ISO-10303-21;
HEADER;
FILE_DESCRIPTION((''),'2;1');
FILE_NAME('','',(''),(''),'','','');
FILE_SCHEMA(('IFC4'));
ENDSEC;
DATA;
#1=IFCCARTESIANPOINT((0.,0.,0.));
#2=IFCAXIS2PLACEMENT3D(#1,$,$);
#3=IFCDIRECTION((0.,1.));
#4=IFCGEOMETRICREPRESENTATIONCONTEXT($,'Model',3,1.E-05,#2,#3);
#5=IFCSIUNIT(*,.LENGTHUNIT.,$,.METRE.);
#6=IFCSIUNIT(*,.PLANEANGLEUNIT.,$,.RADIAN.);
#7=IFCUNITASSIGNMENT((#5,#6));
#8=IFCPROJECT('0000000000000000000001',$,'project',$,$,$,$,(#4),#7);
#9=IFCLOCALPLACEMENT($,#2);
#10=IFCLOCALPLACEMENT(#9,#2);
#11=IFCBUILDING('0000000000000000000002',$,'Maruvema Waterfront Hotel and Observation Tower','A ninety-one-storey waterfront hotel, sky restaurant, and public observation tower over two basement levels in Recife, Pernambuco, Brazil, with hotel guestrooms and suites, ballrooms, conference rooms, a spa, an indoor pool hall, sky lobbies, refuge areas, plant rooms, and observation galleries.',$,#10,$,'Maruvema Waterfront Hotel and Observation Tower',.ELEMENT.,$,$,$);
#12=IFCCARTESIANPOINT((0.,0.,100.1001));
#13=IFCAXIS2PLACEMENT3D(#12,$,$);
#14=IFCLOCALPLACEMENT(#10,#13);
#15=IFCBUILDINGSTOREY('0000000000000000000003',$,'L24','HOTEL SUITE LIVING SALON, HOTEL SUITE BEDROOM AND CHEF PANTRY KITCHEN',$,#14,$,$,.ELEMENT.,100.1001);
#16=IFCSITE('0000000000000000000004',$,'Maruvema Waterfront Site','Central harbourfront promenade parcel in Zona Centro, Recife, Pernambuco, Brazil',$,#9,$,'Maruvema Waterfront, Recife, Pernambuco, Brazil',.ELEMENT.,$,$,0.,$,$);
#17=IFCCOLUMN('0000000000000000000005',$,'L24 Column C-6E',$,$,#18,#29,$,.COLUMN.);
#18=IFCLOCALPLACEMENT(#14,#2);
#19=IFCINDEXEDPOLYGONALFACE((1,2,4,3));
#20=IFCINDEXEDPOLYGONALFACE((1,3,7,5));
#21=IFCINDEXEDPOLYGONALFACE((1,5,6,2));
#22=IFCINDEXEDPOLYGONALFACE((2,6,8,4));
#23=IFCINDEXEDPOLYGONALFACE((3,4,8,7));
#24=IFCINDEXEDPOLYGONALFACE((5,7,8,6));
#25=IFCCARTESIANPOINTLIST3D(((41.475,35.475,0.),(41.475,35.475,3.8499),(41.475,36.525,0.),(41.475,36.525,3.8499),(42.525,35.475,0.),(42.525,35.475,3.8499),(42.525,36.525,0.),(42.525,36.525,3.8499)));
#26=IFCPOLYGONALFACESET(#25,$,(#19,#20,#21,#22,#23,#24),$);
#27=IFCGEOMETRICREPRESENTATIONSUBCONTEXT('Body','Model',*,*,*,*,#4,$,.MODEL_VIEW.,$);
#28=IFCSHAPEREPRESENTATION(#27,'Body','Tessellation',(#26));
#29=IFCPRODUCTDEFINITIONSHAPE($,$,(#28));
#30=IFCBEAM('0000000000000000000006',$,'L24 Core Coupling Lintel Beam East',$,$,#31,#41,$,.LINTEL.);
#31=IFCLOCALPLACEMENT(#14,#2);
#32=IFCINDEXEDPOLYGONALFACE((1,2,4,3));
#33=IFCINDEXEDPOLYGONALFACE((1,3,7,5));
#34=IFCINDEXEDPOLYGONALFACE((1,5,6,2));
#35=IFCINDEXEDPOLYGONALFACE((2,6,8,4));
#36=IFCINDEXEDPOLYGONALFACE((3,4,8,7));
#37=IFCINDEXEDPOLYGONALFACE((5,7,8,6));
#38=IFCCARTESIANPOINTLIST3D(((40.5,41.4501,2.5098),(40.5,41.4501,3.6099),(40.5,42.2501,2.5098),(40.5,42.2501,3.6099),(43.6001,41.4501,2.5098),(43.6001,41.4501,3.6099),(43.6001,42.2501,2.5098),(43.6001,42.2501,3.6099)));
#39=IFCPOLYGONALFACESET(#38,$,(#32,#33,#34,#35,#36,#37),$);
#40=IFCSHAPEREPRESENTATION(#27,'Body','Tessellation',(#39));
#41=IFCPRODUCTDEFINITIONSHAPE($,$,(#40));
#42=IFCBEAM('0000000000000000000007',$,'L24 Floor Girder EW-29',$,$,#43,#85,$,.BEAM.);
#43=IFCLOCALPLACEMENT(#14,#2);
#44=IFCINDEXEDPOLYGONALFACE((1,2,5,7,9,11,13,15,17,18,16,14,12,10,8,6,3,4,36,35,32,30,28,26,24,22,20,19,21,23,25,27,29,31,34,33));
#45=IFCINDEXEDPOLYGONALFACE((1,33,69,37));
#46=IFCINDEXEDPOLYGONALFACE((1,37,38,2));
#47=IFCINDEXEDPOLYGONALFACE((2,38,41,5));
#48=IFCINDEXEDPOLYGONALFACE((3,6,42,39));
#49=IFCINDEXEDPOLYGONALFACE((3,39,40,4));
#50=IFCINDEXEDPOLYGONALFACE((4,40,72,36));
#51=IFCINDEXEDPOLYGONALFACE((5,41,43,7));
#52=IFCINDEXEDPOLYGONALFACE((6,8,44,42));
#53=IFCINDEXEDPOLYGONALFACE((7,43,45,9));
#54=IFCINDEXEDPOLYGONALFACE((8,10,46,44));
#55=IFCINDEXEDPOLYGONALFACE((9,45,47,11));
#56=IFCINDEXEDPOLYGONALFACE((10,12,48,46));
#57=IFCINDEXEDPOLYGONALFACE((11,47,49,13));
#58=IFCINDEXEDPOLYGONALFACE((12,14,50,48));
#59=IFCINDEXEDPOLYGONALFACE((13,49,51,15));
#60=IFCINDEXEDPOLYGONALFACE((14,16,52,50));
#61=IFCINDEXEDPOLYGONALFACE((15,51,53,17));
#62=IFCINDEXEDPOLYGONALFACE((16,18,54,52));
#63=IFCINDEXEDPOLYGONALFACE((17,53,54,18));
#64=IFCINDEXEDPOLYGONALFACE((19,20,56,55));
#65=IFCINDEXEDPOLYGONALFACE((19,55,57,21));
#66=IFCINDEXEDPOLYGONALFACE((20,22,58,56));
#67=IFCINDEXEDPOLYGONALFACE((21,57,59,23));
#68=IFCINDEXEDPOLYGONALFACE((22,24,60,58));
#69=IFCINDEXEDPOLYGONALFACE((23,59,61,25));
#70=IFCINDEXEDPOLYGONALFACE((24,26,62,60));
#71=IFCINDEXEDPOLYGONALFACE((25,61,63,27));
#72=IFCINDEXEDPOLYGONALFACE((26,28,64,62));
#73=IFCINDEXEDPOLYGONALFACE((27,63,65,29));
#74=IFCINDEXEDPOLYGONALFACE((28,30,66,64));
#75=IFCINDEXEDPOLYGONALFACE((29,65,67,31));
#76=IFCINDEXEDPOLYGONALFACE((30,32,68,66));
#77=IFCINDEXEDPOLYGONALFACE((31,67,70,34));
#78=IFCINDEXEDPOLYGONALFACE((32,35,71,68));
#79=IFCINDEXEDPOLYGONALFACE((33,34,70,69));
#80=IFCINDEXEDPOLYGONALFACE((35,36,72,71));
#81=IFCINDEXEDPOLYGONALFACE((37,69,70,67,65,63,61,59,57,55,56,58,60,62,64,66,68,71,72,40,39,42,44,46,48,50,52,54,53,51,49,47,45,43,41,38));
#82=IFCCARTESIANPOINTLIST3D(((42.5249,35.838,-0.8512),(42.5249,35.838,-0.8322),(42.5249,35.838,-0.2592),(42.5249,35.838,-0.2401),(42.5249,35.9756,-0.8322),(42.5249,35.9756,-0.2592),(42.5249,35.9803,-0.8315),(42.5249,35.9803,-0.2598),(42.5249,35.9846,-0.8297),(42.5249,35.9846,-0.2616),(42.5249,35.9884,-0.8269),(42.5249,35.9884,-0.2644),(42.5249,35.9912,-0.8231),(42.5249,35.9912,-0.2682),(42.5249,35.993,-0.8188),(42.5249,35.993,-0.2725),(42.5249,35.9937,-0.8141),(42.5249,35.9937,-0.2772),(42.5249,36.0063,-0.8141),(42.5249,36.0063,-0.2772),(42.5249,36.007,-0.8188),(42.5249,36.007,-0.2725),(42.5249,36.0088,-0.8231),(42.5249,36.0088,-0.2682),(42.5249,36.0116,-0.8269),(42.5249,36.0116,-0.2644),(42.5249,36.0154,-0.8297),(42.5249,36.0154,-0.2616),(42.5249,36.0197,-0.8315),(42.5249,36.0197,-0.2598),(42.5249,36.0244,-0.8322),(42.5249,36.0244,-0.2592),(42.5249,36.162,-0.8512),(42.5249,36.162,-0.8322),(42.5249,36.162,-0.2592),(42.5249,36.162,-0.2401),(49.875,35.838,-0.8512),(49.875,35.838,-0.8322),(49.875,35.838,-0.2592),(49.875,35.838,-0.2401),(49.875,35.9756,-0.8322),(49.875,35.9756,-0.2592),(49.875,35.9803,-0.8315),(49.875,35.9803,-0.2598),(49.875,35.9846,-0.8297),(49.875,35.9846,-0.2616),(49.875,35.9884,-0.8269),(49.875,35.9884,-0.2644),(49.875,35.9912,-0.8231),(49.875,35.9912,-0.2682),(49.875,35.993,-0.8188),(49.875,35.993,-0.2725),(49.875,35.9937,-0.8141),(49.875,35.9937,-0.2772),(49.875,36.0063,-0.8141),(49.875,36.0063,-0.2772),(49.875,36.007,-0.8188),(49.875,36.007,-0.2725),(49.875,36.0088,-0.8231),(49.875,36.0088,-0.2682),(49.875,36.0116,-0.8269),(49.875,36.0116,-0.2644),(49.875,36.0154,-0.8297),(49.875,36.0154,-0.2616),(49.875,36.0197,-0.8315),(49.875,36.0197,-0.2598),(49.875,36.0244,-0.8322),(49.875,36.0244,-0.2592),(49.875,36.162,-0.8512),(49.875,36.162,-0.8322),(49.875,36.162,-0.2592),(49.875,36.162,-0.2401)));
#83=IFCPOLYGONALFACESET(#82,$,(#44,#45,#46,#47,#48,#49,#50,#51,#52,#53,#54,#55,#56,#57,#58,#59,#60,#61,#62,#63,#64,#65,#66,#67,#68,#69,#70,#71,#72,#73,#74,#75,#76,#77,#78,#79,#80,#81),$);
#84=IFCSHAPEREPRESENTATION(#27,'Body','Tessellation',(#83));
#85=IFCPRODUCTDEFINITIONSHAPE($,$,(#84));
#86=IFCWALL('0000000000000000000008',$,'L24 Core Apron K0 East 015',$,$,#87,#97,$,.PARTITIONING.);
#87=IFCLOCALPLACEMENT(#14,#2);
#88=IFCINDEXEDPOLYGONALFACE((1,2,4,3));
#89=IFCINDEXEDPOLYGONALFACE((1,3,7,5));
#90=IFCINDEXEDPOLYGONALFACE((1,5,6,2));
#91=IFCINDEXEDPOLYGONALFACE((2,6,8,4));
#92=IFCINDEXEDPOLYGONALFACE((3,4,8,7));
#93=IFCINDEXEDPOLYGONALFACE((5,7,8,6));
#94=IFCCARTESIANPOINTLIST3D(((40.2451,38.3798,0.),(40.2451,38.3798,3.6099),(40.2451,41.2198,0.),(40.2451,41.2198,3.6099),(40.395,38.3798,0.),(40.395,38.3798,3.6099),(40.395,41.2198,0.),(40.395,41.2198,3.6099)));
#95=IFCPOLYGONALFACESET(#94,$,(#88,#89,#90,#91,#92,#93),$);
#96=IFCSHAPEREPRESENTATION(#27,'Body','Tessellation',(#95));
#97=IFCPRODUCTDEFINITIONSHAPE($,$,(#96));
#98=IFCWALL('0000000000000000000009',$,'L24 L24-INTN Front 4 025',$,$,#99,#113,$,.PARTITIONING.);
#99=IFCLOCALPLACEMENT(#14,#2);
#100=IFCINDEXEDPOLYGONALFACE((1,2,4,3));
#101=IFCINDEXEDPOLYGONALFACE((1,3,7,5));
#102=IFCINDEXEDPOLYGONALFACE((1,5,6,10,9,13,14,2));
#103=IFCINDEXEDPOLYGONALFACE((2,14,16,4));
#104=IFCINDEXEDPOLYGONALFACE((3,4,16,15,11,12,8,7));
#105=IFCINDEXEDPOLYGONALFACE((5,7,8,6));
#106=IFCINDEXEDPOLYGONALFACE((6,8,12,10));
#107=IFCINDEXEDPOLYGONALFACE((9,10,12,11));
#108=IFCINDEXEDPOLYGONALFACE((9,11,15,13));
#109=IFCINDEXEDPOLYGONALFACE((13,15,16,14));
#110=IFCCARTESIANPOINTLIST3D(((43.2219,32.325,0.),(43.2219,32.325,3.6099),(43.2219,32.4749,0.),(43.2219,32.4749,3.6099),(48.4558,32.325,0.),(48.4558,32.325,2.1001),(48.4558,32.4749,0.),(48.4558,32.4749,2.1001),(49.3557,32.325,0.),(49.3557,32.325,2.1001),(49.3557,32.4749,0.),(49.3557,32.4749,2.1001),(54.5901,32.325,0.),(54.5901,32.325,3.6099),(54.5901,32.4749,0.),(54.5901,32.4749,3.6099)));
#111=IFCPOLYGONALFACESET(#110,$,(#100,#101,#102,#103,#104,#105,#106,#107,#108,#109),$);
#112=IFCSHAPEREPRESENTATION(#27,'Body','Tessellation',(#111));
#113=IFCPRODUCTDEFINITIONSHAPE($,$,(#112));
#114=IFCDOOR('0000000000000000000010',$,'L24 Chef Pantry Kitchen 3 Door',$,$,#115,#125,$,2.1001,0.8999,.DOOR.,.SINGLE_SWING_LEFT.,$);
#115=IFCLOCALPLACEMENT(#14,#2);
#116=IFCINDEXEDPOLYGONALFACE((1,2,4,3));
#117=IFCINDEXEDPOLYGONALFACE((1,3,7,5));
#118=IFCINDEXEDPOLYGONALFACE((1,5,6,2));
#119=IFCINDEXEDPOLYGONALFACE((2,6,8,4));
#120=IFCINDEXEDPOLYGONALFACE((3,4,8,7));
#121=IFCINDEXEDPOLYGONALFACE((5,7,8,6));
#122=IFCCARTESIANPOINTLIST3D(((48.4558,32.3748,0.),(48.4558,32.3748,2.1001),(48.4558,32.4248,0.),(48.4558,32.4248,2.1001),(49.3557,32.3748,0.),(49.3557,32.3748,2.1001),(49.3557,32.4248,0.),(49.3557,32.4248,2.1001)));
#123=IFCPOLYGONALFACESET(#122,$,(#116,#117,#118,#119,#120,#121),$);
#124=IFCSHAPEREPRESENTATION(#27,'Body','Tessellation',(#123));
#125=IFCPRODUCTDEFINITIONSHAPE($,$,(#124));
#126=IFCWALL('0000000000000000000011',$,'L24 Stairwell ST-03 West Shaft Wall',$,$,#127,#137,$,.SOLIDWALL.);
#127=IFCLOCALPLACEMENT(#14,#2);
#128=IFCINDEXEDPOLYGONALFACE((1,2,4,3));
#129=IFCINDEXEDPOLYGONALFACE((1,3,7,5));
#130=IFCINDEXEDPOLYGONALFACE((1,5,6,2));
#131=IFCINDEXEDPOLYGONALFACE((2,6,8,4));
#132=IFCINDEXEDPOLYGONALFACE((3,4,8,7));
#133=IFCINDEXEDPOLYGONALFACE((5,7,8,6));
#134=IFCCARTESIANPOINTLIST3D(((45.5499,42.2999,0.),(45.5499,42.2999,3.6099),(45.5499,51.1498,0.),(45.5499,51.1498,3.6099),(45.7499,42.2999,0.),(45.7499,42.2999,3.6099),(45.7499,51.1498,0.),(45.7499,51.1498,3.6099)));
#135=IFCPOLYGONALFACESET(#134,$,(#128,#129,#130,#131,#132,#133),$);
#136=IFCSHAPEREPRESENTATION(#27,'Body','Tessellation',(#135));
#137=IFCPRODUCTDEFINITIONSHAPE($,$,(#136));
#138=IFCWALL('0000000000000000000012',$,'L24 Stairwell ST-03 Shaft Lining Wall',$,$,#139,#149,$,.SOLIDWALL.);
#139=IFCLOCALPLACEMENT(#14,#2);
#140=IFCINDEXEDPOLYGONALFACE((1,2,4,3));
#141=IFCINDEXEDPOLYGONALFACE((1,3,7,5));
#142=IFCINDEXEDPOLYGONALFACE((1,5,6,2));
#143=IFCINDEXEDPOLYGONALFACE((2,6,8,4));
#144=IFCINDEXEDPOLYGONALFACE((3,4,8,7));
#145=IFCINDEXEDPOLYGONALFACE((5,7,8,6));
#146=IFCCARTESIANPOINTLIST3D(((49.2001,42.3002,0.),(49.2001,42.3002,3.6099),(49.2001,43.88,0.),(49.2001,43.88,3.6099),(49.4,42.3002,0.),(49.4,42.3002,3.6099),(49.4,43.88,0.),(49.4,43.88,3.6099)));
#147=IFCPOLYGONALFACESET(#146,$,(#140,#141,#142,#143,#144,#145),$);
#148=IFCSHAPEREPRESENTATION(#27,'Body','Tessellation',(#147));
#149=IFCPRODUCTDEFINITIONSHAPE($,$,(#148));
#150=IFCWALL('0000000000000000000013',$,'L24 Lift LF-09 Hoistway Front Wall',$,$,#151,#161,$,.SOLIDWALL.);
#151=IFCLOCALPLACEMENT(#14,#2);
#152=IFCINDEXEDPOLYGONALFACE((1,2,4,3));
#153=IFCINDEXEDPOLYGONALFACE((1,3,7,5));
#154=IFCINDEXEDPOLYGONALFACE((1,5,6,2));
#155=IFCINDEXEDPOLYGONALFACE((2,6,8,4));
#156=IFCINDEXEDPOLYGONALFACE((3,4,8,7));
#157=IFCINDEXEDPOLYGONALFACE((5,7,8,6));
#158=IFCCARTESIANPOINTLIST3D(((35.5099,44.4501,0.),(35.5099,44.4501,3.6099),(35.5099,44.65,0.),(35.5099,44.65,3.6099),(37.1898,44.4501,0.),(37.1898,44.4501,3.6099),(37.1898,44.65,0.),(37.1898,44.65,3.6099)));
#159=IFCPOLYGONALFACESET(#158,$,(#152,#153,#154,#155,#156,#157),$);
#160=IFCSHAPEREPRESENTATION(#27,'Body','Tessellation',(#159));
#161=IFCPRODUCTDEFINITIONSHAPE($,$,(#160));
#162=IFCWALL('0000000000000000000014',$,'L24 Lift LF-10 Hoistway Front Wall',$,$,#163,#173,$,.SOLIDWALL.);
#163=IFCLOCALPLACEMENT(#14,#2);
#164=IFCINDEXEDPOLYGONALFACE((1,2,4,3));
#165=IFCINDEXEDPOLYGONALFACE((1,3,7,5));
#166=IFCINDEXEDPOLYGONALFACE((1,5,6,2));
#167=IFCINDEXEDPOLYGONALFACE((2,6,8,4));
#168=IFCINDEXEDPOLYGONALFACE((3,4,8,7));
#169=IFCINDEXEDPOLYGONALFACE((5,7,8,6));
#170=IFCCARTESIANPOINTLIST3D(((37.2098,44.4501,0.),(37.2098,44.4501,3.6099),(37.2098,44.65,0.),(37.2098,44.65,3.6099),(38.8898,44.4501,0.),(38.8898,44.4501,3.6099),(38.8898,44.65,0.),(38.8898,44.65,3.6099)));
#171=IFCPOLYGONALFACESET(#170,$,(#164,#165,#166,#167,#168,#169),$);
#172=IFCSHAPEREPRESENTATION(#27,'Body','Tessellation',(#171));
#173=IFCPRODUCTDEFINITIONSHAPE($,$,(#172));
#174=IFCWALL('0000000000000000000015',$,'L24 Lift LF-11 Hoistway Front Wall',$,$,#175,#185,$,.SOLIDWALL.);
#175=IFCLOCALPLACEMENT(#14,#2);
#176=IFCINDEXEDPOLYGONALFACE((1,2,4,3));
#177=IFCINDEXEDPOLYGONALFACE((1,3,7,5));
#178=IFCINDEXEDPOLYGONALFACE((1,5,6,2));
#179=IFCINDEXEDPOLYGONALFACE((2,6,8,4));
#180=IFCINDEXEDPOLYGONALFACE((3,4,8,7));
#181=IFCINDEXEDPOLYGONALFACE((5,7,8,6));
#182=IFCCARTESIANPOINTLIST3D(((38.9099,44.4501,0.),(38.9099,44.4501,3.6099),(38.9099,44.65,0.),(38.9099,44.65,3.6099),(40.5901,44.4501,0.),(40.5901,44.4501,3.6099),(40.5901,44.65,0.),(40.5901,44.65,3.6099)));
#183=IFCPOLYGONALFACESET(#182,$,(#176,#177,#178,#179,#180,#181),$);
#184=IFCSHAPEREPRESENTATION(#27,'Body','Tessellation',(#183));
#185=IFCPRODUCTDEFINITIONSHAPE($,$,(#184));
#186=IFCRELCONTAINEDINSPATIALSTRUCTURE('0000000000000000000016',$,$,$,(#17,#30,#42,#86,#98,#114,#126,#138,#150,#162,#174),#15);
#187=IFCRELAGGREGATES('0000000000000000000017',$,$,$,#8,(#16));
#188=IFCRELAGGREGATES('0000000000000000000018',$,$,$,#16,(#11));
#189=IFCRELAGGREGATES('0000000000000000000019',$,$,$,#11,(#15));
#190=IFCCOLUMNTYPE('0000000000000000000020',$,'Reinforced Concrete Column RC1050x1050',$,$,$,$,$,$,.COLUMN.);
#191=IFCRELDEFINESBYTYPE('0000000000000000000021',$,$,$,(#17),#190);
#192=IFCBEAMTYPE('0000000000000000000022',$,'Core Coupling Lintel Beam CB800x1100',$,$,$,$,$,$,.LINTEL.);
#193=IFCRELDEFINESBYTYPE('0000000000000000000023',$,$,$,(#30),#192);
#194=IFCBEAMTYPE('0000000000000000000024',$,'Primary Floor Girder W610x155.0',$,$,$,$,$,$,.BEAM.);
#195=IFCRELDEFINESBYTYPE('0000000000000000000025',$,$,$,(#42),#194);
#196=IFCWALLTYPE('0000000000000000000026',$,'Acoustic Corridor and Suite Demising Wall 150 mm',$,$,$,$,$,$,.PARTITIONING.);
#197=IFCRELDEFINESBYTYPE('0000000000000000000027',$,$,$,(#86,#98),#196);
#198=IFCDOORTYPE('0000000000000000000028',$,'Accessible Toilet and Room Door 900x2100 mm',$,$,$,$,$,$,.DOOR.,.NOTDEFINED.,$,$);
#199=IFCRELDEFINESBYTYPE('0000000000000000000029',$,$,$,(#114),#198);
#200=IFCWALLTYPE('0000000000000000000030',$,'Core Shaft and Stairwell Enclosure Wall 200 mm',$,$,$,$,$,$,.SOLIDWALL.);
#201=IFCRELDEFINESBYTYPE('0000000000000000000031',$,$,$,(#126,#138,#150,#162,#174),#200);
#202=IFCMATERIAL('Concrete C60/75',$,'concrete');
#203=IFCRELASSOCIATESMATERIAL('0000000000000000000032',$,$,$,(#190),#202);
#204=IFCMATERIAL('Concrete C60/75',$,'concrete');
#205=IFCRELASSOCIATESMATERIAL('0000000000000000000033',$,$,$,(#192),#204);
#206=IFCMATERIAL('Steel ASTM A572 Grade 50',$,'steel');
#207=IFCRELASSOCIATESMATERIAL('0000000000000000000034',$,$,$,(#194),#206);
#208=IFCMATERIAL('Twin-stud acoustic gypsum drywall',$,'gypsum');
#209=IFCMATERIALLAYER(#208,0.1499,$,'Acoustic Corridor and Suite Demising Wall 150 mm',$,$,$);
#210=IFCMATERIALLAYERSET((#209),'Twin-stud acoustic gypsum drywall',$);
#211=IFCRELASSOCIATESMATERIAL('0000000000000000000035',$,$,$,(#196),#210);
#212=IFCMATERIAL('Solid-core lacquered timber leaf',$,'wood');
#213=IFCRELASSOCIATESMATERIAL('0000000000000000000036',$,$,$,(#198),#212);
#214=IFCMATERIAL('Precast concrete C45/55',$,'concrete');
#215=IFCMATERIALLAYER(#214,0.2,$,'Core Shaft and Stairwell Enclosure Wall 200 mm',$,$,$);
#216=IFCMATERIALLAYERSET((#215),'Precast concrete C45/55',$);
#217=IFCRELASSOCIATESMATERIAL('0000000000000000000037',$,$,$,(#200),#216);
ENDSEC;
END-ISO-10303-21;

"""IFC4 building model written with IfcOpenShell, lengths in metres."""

from ifc_helpers import new_model, si_unit, direction, frame, frame_2d, origin, origin_2d, place, context, subcontext, project, spatial, rectangle, i_section, extrude, material, layer, layer_set, material_profile, profile_set, type_object, element, fill, save


model = new_model("IFC4")

# Units and contexts
model_context = context("Model", 3, precision=1e-05, world=origin(), true_north=direction((0.0, 1.0)))
body_context = subcontext(model_context, "Body", "Model", "MODEL_VIEW")
ifc_project = project(units=[si_unit("LENGTHUNIT", "METRE"), si_unit("PLANEANGLEUNIT", "RADIAN")], contexts=[model_context])

# Site, building, storey
site_placement = place(None, origin())
site = spatial("IfcSite", under=ifc_project, at=site_placement, Name="Maruvema Waterfront Site", Description="Central harbourfront promenade parcel in Zona Centro, Recife, Pernambuco, Brazil", LongName="Maruvema Waterfront, Recife, Pernambuco, Brazil", CompositionType="ELEMENT", RefElevation=0.0)
building_placement = place(site_placement, origin())
building = spatial("IfcBuilding", under=site, at=building_placement, Name="Maruvema Waterfront Hotel and Observation Tower", Description="A ninety-one-storey waterfront hotel, sky restaurant, and public observation tower over two basement levels in Recife, Pernambuco, Brazil, with hotel guestrooms and suites, ballrooms, conference rooms, a spa, an indoor pool hall, sky lobbies, refuge areas, plant rooms, and observation galleries.", LongName="Maruvema Waterfront Hotel and Observation Tower", CompositionType="ELEMENT")
storey_placement = place(building_placement, frame((0.0, 0.0, 100.1001)))
storey = spatial("IfcBuildingStorey", under=building, at=storey_placement, Name="L24", Description="HOTEL SUITE LIVING SALON, HOTEL SUITE BEDROOM AND CHEF PANTRY KITCHEN", CompositionType="ELEMENT", Elevation=100.1001)

# Column
ifc_material_1 = material(Name="Concrete C60/75", Category="concrete")
ifc_material_profile_1 = material_profile(ifc_material_1, rectangle(XDim=1.05, YDim=1.05, at=origin_2d()), Name="RC1050x1050")
ifc_profile_set_1 = profile_set([ifc_material_profile_1], Name="Concrete C60/75")
column_type = type_object("IfcColumnType", Name="Reinforced Concrete Column RC1050x1050", PredefinedType="COLUMN", material=ifc_profile_set_1)
column_placement = place(storey_placement, frame((42.0, 36.0, 0.0), z_axis=(0.0, 0.0, 1.0), x_axis=(1.0, 0.0, 0.0)))
element("IfcColumn", 1, at=column_placement, inside=storey, type_object=column_type, Name="L24 Column C-6E", PredefinedType="COLUMN", context=body_context, shape_type="SweptSolid", body=[
    extrude(rectangle(XDim=1.05, YDim=1.05, at=origin_2d()), origin(), (0.0, 0.0, 1.0), 3.8499),
])

# Beams
ifc_material_2 = material(Name="Concrete C60/75", Category="concrete")
ifc_material_profile_2 = material_profile(ifc_material_2, rectangle(XDim=0.8, YDim=1.1001, at=origin_2d()), Name="CB800x1100")
ifc_profile_set_2 = profile_set([ifc_material_profile_2], Name="Concrete C60/75")
beam_type_1 = type_object("IfcBeamType", Name="Core Coupling Lintel Beam CB800x1100", PredefinedType="LINTEL", material=ifc_profile_set_2)
beam_1_placement = place(storey_placement, frame((40.5, 41.8501, 3.0598), z_axis=(1.0, 0.0, 0.0), x_axis=(0.0, 1.0, 0.0)))
element("IfcBeam", 2, at=beam_1_placement, inside=storey, type_object=beam_type_1, Name="L24 Core Coupling Lintel Beam East", PredefinedType="LINTEL", context=body_context, shape_type="SweptSolid", body=[
    extrude(rectangle(XDim=0.8, YDim=1.1001, at=origin_2d()), origin(), (0.0, 0.0, 1.0), 3.1001),
])
ifc_material_3 = material(Name="Steel ASTM A572 Grade 50", Category="steel")
ifc_material_profile_3 = material_profile(ifc_material_3, i_section(OverallWidth=0.324, OverallDepth=0.6111, WebThickness=0.0127, FlangeThickness=0.019, FilletRadius=0.0181, at=origin_2d()), Name="W610x155.0")
ifc_profile_set_3 = profile_set([ifc_material_profile_3], Name="Steel ASTM A572 Grade 50")
beam_type_2 = type_object("IfcBeamType", Name="Primary Floor Girder W610x155.0", PredefinedType="BEAM", material=ifc_profile_set_3)
beam_2_placement = place(storey_placement, frame((42.5249, 36.0, -0.5457), z_axis=(1.0, 0.0, 0.0), x_axis=(0.0, 1.0, 0.0)))
element("IfcBeam", 3, at=beam_2_placement, inside=storey, type_object=beam_type_2, Name="L24 Floor Girder EW-29", PredefinedType="BEAM", context=body_context, shape_type="SweptSolid", body=[
    extrude(i_section(OverallWidth=0.324, OverallDepth=0.6111, WebThickness=0.0127, FlangeThickness=0.019, FilletRadius=0.0181, at=origin_2d()), origin(), (0.0, 0.0, 1.0), 7.3501),
])

# Wall
ifc_material_4 = material(Name="Twin-stud acoustic gypsum drywall", Category="gypsum")
ifc_layer_1 = layer(ifc_material_4, 0.1499, Name="Acoustic Corridor and Suite Demising Wall 150 mm")
ifc_layer_set_1 = layer_set([ifc_layer_1], Name="Twin-stud acoustic gypsum drywall")
wall_type_1 = type_object("IfcWallType", Name="Acoustic Corridor and Suite Demising Wall 150 mm", PredefinedType="PARTITIONING", material=ifc_layer_set_1)
wall_1_placement = place(storey_placement, frame((40.3201, 38.3799, 0.0), z_axis=(0.0, 0.0, 1.0), x_axis=(0.0, 1.0, 0.0)))
element("IfcWall", 4, at=wall_1_placement, inside=storey, type_object=wall_type_1, Name="L24 Core Apron K0 East 015", PredefinedType="PARTITIONING", context=body_context, shape_type="SweptSolid", body=[
    extrude(rectangle(XDim=2.8401, YDim=0.1499, at=frame_2d((1.4199, 0.0))), origin(), (0.0, 0.0, 1.0), 3.6099),
])

# Wall, opening, door
wall_2_placement = place(storey_placement, frame((43.2219, 32.3999, 0.0), z_axis=(0.0, 0.0, 1.0), x_axis=(1.0, 0.0, 0.0)))
wall_2 = element("IfcWall", 5, at=wall_2_placement, inside=storey, type_object=wall_type_1, Name="L24 L24-INTN Front 4 025", PredefinedType="PARTITIONING", context=body_context, shape_type="SweptSolid", body=[
    extrude(rectangle(XDim=11.3682, YDim=0.1499, at=frame_2d((5.6841, 0.0))), origin(), (0.0, 0.0, 1.0), 3.6099),
])
opening_1_placement = place(wall_2_placement, frame((5.2339, 0.0, 0.0)))
opening_1 = element("IfcOpeningElement", 6, at=opening_1_placement, cuts=wall_2, PredefinedType="OPENING", context=body_context, shape_type="SweptSolid", body=[
    extrude(rectangle(XDim=0.8999, YDim=2.1001, at=frame_2d((0.45, 1.05))), frame((0.0, 0.085, 0.0), z_axis=(0.0, -1.0, 0.0), x_axis=(1.0, 0.0, 0.0)), (0.0, 0.0, 1.0), 0.1699),
])
ifc_material_5 = material(Name="Solid-core lacquered timber leaf", Category="wood")
door_type_1 = type_object("IfcDoorType", Name="Accessible Toilet and Room Door 900x2100 mm", OperationType="NOTDEFINED", PredefinedType="DOOR", material=ifc_material_5)
door_1_placement = place(opening_1_placement, origin())
door_1 = element("IfcDoor", 7, at=door_1_placement, inside=storey, type_object=door_type_1, Name="L24 Chef Pantry Kitchen 3 Door", OperationType="SINGLE_SWING_LEFT", OverallHeight=2.1001, OverallWidth=0.8999, PredefinedType="DOOR", context=body_context, shape_type="SweptSolid", body=[
    extrude(rectangle(XDim=0.8999, YDim=2.1001, at=frame_2d((0.45, 1.05))), frame((0.0, 0.0249, 0.0), z_axis=(0.0, -1.0, 0.0), x_axis=(1.0, 0.0, 0.0)), (0.0, 0.0, 1.0), 0.05),
])
fill(opening_1, door_1)

# Walls
ifc_material_6 = material(Name="Precast concrete C45/55", Category="concrete")
ifc_layer_2 = layer(ifc_material_6, 0.2, Name="Core Shaft and Stairwell Enclosure Wall 200 mm")
ifc_layer_set_2 = layer_set([ifc_layer_2], Name="Precast concrete C45/55")
wall_type_2 = type_object("IfcWallType", Name="Core Shaft and Stairwell Enclosure Wall 200 mm", PredefinedType="SOLIDWALL", material=ifc_layer_set_2)
wall_3_placement = place(storey_placement, frame((45.6499, 42.3, 0.0), z_axis=(0.0, 0.0, 1.0), x_axis=(0.0, 1.0, 0.0)))
element("IfcWall", 8, at=wall_3_placement, inside=storey, type_object=wall_type_2, Name="L24 Stairwell ST-03 West Shaft Wall", PredefinedType="SOLIDWALL", context=body_context, shape_type="SweptSolid", body=[
    extrude(rectangle(XDim=8.8499, YDim=0.2, at=frame_2d((4.4248, 0.0))), origin(), (0.0, 0.0, 1.0), 3.6099),
])
wall_4_placement = place(storey_placement, frame((49.3, 42.3, 0.0), z_axis=(0.0, 0.0, 1.0), x_axis=(0.0, 1.0, 0.0)))
element("IfcWall", 9, at=wall_4_placement, inside=storey, type_object=wall_type_2, Name="L24 Stairwell ST-03 Shaft Lining Wall", PredefinedType="SOLIDWALL", context=body_context, shape_type="SweptSolid", body=[
    extrude(rectangle(XDim=1.5798, YDim=0.2, at=frame_2d((0.79, 0.0))), origin(), (0.0, 0.0, 1.0), 3.6099),
])
for number, where, z_axis, x_axis, name in (
    (10, (35.51, 44.55, 0.0), (0.0, 0.0, 1.0), (1.0, 0.0, 0.0), "L24 Lift LF-09 Hoistway Front Wall"),
    (11, (37.21, 44.55, 0.0), (0.0, 0.0, 1.0), (1.0, 0.0, 0.0), "L24 Lift LF-10 Hoistway Front Wall"),
):
    element("IfcWall", number, at=place(storey_placement, frame(where, z_axis=z_axis, x_axis=x_axis)), inside=storey, type_object=wall_type_2, Name=name, PredefinedType="SOLIDWALL", context=body_context, shape_type="SweptSolid", body=[
        extrude(rectangle(XDim=1.6799, YDim=0.2, at=frame_2d((0.8398, 0.0))), origin(), (0.0, 0.0, 1.0), 3.6099),
    ])
wall_5_placement = place(storey_placement, frame((38.9099, 44.55, 0.0), z_axis=(0.0, 0.0, 1.0), x_axis=(1.0, 0.0, 0.0)))
element("IfcWall", 12, at=wall_5_placement, inside=storey, type_object=wall_type_2, Name="L24 Lift LF-11 Hoistway Front Wall", PredefinedType="SOLIDWALL", context=body_context, shape_type="SweptSolid", body=[
    extrude(rectangle(XDim=1.6802, YDim=0.2, at=frame_2d((0.8401, 0.0))), origin(), (0.0, 0.0, 1.0), 3.6099),
])

save(model, "model.ifc")
